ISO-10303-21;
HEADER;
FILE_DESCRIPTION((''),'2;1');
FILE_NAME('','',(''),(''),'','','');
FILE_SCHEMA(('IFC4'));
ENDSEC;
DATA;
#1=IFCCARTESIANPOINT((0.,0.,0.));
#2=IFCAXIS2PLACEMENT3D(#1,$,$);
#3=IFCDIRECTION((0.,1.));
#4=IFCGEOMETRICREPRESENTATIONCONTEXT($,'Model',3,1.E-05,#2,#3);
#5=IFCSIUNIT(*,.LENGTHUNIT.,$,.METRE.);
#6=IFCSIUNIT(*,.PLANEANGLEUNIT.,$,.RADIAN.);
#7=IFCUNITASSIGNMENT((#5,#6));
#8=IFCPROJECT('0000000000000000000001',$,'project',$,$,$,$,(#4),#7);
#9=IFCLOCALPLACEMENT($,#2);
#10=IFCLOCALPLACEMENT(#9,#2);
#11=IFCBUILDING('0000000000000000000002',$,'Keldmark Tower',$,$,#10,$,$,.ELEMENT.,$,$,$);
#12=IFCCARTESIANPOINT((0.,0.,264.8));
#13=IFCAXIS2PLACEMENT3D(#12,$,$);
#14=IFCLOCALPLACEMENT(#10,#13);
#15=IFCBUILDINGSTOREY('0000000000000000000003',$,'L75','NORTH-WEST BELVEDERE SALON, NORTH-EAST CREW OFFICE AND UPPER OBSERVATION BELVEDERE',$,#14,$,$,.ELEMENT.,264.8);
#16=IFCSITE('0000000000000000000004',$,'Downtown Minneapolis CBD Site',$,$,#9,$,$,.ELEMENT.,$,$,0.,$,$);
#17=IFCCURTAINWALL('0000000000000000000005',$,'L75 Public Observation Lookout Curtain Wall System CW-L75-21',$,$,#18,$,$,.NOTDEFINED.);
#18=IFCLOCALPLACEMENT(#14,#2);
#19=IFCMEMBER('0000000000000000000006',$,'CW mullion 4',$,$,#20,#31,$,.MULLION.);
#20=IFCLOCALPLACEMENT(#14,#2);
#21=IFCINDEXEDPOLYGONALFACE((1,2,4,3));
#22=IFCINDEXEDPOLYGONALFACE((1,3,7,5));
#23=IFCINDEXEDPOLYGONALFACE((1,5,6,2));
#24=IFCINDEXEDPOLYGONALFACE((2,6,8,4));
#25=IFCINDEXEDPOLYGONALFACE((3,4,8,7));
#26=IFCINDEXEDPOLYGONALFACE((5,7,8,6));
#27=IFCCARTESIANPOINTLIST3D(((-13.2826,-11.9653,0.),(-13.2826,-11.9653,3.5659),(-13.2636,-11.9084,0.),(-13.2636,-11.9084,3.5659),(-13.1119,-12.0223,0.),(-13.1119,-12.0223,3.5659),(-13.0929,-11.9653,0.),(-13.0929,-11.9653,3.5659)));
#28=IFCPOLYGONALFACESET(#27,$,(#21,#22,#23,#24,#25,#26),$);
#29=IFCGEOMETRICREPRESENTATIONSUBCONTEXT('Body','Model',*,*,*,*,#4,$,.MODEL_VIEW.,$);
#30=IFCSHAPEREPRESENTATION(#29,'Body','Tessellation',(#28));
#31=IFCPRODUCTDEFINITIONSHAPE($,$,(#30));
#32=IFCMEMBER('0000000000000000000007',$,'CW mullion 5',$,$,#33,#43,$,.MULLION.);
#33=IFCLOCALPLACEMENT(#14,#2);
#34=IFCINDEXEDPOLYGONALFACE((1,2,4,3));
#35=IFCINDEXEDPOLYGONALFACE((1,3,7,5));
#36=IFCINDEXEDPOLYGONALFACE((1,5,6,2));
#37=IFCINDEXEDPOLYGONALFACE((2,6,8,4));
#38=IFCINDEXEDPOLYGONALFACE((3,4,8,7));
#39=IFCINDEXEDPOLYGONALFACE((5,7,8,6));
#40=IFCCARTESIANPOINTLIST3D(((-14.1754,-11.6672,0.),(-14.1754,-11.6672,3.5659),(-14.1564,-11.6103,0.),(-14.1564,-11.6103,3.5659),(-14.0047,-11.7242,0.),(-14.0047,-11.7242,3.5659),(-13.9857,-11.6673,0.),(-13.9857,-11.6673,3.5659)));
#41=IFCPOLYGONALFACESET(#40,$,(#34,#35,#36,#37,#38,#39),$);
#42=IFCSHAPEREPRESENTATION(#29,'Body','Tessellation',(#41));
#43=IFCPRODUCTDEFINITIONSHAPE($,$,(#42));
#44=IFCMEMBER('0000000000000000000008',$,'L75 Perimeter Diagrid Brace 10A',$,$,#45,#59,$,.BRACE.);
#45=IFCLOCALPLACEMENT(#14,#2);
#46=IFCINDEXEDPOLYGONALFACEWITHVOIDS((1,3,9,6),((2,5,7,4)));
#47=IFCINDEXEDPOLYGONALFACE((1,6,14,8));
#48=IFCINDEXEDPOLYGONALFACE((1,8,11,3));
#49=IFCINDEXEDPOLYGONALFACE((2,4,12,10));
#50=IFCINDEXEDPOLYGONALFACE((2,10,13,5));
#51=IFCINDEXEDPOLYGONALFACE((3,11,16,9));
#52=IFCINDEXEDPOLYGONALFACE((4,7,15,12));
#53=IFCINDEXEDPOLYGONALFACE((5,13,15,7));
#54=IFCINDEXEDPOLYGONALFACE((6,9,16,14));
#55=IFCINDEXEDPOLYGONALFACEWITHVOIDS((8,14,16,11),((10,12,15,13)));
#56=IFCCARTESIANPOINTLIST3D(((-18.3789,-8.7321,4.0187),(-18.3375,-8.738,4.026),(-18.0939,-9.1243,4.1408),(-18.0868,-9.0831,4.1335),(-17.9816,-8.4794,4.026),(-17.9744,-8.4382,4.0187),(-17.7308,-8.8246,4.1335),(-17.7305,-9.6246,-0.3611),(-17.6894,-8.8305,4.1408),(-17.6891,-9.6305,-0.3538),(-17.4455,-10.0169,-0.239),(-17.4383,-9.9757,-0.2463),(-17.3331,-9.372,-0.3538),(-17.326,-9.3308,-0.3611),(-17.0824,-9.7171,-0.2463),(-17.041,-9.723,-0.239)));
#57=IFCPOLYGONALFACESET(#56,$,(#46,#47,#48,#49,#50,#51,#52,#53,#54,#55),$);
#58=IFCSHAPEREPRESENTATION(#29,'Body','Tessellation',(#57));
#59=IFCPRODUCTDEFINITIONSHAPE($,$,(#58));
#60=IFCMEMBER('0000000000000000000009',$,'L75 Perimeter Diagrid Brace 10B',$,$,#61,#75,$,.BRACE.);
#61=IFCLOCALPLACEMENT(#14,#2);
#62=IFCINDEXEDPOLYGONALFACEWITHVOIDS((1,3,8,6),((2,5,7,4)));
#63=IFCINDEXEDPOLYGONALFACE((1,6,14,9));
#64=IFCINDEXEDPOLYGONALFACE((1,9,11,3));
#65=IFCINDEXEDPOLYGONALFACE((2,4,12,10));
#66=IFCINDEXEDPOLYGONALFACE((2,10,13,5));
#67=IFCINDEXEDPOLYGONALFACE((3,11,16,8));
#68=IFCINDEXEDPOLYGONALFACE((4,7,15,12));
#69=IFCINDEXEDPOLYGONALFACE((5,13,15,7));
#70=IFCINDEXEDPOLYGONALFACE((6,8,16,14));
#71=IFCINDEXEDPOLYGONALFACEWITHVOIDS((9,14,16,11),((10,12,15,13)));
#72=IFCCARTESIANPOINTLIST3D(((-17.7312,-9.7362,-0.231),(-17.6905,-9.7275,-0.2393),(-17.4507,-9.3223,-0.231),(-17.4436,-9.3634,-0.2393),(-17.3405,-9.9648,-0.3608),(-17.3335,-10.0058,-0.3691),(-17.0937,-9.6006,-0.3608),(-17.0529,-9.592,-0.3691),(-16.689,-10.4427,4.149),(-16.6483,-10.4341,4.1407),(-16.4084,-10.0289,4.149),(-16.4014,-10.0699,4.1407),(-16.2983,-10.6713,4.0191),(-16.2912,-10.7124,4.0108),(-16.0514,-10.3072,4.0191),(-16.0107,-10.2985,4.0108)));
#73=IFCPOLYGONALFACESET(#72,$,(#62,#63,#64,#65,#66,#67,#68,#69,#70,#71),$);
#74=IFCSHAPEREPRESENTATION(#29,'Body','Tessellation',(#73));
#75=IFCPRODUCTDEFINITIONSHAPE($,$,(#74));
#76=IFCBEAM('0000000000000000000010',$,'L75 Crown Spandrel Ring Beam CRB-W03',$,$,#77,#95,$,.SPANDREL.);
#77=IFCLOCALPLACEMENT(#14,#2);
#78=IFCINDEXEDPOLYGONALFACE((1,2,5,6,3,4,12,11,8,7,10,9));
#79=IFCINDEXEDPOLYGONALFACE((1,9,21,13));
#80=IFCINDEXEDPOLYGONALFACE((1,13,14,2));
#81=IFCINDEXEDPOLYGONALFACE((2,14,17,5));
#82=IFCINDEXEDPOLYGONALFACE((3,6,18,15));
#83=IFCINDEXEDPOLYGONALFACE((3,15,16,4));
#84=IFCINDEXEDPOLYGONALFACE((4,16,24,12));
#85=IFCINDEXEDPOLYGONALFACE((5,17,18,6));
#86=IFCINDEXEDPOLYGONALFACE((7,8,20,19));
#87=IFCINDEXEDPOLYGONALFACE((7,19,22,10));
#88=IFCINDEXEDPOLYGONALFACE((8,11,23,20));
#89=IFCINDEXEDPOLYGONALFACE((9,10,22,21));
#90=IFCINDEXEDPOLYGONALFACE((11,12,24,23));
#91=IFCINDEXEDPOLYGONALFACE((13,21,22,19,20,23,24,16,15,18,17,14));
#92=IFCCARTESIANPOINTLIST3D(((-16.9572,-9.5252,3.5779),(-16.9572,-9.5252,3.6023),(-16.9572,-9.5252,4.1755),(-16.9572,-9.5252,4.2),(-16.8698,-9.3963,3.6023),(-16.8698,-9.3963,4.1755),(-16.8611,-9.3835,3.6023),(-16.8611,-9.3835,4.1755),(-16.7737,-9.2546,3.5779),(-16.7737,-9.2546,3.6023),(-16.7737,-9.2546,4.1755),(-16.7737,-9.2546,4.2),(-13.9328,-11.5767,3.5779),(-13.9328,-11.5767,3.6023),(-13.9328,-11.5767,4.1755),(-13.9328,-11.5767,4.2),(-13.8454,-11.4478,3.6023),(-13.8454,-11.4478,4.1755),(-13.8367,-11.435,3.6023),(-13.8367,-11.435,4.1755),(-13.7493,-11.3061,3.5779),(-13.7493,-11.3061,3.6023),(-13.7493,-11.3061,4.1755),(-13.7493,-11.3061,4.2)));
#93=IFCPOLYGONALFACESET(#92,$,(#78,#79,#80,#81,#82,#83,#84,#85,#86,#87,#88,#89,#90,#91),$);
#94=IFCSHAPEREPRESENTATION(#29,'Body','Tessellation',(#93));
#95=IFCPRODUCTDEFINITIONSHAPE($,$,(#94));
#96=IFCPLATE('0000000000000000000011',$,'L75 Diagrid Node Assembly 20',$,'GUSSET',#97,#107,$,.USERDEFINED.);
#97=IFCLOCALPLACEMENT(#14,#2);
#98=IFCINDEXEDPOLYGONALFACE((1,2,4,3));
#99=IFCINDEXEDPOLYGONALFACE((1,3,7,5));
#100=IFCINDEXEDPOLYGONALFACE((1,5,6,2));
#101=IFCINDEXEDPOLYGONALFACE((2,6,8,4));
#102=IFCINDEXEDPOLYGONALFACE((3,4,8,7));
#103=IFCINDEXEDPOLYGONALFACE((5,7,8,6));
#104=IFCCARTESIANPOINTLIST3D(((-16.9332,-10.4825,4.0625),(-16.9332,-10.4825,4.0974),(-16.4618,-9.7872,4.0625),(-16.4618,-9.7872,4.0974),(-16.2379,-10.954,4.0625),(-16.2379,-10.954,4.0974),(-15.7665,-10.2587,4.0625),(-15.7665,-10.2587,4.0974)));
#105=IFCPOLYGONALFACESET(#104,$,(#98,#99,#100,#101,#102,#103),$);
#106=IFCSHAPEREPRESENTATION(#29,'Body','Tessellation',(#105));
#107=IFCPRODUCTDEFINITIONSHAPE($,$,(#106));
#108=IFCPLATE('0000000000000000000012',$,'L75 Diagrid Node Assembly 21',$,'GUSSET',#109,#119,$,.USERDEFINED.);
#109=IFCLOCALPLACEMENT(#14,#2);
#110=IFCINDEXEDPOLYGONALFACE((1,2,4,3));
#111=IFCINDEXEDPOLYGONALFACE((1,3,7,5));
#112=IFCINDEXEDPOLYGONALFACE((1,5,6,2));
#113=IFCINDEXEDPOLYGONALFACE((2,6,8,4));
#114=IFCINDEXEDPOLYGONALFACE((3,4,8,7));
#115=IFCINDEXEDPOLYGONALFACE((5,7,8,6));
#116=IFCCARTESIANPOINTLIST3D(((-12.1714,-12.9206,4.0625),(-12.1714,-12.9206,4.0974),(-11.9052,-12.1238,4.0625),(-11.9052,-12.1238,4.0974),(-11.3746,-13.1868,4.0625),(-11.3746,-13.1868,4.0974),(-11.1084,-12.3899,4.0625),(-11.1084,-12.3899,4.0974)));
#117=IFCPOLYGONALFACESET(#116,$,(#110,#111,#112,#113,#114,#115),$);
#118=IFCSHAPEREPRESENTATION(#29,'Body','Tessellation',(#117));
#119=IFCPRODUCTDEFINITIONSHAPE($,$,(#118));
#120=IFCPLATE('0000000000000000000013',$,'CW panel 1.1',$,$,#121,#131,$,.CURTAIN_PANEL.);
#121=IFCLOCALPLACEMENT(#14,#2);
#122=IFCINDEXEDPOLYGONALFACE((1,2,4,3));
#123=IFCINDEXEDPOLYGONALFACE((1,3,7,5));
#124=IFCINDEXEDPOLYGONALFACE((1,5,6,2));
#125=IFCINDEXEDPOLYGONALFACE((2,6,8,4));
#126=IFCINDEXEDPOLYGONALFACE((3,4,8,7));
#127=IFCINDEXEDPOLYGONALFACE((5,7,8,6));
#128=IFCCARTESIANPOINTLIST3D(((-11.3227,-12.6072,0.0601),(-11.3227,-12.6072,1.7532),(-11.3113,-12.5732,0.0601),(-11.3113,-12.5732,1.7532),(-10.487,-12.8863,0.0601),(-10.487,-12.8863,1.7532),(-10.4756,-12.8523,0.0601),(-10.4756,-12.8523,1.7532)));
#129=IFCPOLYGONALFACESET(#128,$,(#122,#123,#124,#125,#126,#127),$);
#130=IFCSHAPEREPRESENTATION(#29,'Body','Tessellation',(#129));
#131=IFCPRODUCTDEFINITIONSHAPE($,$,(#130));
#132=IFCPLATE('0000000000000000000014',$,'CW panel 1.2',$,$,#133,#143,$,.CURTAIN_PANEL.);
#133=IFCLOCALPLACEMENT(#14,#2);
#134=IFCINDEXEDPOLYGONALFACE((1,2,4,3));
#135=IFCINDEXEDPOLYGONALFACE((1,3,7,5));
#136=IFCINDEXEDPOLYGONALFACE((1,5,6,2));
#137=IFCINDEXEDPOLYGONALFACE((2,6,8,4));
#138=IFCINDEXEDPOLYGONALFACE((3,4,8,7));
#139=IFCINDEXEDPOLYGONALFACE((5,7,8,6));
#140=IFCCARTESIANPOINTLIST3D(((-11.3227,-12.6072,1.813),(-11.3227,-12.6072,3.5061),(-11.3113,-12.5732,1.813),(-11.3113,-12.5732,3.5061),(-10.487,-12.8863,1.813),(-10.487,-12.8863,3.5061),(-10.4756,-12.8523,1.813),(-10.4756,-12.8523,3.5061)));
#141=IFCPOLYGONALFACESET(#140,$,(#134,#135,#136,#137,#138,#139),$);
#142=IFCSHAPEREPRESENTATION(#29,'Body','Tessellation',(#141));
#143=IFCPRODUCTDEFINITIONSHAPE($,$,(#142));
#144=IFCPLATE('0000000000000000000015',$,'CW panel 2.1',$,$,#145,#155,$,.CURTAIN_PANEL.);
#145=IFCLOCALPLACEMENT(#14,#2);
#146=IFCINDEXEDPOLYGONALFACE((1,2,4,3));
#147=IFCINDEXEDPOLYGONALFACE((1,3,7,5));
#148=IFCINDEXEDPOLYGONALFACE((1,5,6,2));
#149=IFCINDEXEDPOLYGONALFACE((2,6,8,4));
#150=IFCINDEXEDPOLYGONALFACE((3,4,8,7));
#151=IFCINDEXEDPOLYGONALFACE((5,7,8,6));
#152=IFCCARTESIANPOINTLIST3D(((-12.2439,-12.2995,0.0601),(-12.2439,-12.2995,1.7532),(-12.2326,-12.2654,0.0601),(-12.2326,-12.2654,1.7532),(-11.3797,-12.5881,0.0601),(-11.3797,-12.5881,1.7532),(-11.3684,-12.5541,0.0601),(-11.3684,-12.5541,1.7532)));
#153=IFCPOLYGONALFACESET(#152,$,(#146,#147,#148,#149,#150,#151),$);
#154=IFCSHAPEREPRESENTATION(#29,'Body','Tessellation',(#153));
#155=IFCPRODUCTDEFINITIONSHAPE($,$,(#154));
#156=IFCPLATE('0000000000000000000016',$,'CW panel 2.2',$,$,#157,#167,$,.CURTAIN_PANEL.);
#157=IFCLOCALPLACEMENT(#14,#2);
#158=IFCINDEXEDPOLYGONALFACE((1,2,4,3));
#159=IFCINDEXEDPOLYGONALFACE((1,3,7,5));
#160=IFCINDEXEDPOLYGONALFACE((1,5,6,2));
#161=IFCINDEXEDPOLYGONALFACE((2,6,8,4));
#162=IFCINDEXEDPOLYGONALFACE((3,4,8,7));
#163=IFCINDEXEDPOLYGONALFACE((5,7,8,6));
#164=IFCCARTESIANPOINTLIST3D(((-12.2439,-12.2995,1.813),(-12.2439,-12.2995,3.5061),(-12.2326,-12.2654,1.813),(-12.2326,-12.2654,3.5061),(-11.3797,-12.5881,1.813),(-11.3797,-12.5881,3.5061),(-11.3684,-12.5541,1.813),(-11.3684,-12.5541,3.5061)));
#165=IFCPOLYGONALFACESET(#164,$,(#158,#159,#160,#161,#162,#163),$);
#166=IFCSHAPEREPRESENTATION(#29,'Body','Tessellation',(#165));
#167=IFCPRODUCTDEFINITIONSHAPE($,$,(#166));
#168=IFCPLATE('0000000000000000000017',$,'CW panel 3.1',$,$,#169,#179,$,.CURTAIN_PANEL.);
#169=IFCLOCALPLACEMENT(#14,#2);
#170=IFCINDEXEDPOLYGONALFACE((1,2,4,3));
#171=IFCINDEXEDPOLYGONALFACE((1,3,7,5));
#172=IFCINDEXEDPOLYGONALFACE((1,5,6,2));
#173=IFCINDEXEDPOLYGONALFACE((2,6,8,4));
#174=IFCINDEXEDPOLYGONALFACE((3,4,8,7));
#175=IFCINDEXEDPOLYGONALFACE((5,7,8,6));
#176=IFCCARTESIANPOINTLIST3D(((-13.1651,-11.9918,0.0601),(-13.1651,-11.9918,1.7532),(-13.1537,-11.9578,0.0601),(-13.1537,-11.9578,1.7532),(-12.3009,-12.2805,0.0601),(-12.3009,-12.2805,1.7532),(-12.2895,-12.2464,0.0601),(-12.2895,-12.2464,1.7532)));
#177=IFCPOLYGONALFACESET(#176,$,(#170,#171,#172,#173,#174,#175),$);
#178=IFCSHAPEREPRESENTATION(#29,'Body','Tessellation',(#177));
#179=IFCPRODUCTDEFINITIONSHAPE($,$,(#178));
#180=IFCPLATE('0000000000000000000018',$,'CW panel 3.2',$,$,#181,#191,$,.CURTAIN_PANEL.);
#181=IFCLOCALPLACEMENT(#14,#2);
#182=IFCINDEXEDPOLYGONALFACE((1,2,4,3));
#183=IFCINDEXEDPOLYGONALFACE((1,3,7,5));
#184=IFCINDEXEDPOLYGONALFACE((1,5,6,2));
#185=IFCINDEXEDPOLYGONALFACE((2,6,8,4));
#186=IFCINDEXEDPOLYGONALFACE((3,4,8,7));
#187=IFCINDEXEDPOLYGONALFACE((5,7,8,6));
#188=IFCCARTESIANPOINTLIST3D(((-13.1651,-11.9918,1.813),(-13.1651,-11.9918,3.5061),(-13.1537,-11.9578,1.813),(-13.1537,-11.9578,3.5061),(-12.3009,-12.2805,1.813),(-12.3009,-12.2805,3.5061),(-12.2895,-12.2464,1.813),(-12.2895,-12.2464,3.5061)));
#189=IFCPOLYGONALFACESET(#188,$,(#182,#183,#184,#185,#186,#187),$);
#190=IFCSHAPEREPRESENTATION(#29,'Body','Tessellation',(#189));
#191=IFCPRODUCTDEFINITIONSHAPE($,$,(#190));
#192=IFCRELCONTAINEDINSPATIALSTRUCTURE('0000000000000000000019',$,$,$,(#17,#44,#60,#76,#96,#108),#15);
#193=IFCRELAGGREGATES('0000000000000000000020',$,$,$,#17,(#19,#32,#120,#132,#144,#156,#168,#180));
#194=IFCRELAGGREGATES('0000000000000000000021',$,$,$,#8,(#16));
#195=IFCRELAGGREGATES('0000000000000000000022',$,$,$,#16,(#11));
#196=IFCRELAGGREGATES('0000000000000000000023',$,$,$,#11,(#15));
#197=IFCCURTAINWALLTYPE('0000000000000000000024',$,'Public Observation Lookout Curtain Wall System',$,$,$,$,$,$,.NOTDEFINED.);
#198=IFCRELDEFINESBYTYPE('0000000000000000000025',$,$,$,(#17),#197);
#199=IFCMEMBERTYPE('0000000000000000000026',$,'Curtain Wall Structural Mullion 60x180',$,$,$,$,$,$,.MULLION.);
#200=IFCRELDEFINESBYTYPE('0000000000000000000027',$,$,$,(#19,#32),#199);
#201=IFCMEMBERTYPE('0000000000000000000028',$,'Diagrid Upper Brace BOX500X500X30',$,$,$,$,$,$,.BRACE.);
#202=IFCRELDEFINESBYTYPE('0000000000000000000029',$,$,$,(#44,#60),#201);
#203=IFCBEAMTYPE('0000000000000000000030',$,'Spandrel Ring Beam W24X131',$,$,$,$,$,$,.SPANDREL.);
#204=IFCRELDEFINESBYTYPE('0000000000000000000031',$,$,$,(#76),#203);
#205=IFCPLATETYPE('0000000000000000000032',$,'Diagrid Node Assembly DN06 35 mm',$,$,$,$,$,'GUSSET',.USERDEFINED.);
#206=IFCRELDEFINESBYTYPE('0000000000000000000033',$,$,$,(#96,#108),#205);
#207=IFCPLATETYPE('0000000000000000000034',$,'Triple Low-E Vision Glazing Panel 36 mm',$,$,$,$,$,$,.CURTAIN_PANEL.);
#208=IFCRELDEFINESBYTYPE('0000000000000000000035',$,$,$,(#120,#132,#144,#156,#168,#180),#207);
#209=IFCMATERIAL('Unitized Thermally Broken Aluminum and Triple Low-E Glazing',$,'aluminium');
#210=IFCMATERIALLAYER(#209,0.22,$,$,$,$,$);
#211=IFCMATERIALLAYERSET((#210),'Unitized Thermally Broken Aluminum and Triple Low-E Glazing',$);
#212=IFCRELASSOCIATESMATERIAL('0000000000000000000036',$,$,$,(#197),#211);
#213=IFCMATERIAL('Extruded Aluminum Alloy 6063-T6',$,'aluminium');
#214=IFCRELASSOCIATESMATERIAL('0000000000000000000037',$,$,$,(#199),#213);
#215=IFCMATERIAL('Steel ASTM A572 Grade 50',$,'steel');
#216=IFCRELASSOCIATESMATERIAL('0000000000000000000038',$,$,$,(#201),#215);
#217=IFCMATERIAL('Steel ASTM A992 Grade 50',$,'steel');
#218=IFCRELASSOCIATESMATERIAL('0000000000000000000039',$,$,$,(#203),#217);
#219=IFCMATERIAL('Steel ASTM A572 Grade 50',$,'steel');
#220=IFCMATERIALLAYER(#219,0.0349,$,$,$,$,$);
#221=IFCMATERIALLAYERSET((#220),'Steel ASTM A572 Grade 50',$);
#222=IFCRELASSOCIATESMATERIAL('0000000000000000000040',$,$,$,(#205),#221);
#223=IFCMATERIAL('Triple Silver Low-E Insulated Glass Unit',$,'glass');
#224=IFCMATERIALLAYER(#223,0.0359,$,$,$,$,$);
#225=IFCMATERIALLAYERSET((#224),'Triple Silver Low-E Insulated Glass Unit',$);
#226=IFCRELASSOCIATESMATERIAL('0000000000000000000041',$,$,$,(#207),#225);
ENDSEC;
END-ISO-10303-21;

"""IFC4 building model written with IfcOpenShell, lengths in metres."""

from ifc_helpers import new_model, si_unit, direction, frame, origin, origin_2d, place, context, subcontext, project, spatial, rectangle, hollow_rectangle, i_section, extrude, material, layer, layer_set, material_profile, profile_set, type_object, element, aggregate, save


model = new_model("IFC4")

# Units and contexts
model_context = context("Model", 3, precision=1e-05, world=origin(), true_north=direction((0.0, 1.0)))
body_context = subcontext(model_context, "Body", "Model", "MODEL_VIEW")
ifc_project = project(units=[si_unit("LENGTHUNIT", "METRE"), si_unit("PLANEANGLEUNIT", "RADIAN")], contexts=[model_context])

# Site, building, storey
site_placement = place(None, origin())
site = spatial("IfcSite", under=ifc_project, at=site_placement, Name="Downtown Minneapolis CBD Site", CompositionType="ELEMENT", RefElevation=0.0)
building_placement = place(site_placement, origin())
building = spatial("IfcBuilding", under=site, at=building_placement, Name="Keldmark Tower", CompositionType="ELEMENT")
storey_placement = place(building_placement, frame((0.0, 0.0, 264.8)))
storey = spatial("IfcBuildingStorey", under=building, at=storey_placement, Name="L75", Description="NORTH-WEST BELVEDERE SALON, NORTH-EAST CREW OFFICE AND UPPER OBSERVATION BELVEDERE", CompositionType="ELEMENT", Elevation=264.8)

# Curtain wall, members
ifc_material_1 = material(Name="Unitized Thermally Broken Aluminum and Triple Low-E Glazing", Category="aluminium")
ifc_layer_1 = layer(ifc_material_1, 0.22)
ifc_layer_set_1 = layer_set([ifc_layer_1], Name="Unitized Thermally Broken Aluminum and Triple Low-E Glazing")
curtain_wall_type = type_object("IfcCurtainWallType", Name="Public Observation Lookout Curtain Wall System", PredefinedType="NOTDEFINED", material=ifc_layer_set_1)
curtain_wall_placement = place(storey_placement, origin())
curtain_wall = element("IfcCurtainWall", 1, at=curtain_wall_placement, inside=storey, type_object=curtain_wall_type, Name="L75 Public Observation Lookout Curtain Wall System CW-L75-21", PredefinedType="NOTDEFINED")
ifc_material_2 = material(Name="Extruded Aluminum Alloy 6063-T6", Category="aluminium")
ifc_material_profile_1 = material_profile(ifc_material_2, rectangle(XDim=0.0601, YDim=0.1799, at=origin_2d()), Name="CWM60X180")
ifc_profile_set_1 = profile_set([ifc_material_profile_1], Name="Extruded Aluminum Alloy 6063-T6")
member_type_1 = type_object("IfcMemberType", Name="Curtain Wall Structural Mullion 60x180", PredefinedType="MULLION", material=ifc_profile_set_1)
member_1_placement = place(storey_placement, frame((-13.1877, -11.9653, 0.0), z_axis=(0.0, 0.0, 1.0), x_axis=(-0.316776, -0.9485, 0.0)))
member_1 = element("IfcMember", 2, at=member_1_placement, type_object=member_type_1, Name="CW mullion 4", PredefinedType="MULLION", context=body_context, shape_type="SweptSolid", body=[
    extrude(rectangle(XDim=0.0601, YDim=0.1799, at=origin_2d()), origin(), (0.0, 0.0, 1.0), 3.5659),
])
member_2_placement = place(storey_placement, frame((-14.0806, -11.6672, 0.0), z_axis=(0.0, 0.0, 1.0), x_axis=(-0.316776, -0.9485, 0.0)))
member_2 = element("IfcMember", 3, at=member_2_placement, type_object=member_type_1, Name="CW mullion 5", PredefinedType="MULLION", context=body_context, shape_type="SweptSolid", body=[
    extrude(rectangle(XDim=0.0601, YDim=0.1799, at=origin_2d()), origin(), (0.0, 0.0, 1.0), 3.5659),
])

# Members
ifc_material_3 = material(Name="Steel ASTM A572 Grade 50", Category="steel")
ifc_material_profile_2 = material_profile(ifc_material_3, hollow_rectangle(XDim=0.5, YDim=0.5, WallThickness=0.03, at=origin_2d()), Name="BOX500X500X30")
ifc_profile_set_2 = profile_set([ifc_material_profile_2], Name="Steel ASTM A572 Grade 50")
member_type_2 = type_object("IfcMemberType", Name="Diagrid Upper Brace BOX500X500X30", PredefinedType="BRACE", material=ifc_profile_set_2)
member_3_placement = place(storey_placement, frame((-17.3857, -9.6738, -0.3), z_axis=(-0.143565, 0.197618, 0.96971), x_axis=(-0.809042, -0.587751, 0.0)))
element("IfcMember", 4, at=member_3_placement, inside=storey, type_object=member_type_2, Name="L75 Perimeter Diagrid Brace 10A", PredefinedType="BRACE", context=body_context, shape_type="SweptSolid", body=[
    extrude(hollow_rectangle(XDim=0.5, YDim=0.5, WallThickness=0.03, at=origin_2d()), origin(), (0.0, 0.0, 1.0), 4.5166),
])
member_4_placement = place(storey_placement, frame((-17.3921, -9.6641, -0.3), z_axis=(0.228697, -0.155036, 0.961073), x_axis=(0.561127, 0.82773, 0.0)))
element("IfcMember", 5, at=member_4_placement, inside=storey, type_object=member_type_2, Name="L75 Perimeter Diagrid Brace 10B", PredefinedType="BRACE", context=body_context, shape_type="SweptSolid", body=[
    extrude(hollow_rectangle(XDim=0.5, YDim=0.5, WallThickness=0.03, at=origin_2d()), origin(), (0.0, 0.0, 1.0), 4.5574),
])

# Beam
ifc_material_4 = material(Name="Steel ASTM A992 Grade 50", Category="steel")
ifc_material_profile_3 = material_profile(ifc_material_4, i_section(OverallWidth=0.3269, OverallDepth=0.6221, WebThickness=0.0154, FlangeThickness=0.0244, at=origin_2d()), Name="W24X131")
ifc_profile_set_3 = profile_set([ifc_material_profile_3], Name="Steel ASTM A992 Grade 50")
beam_type = type_object("IfcBeamType", Name="Spandrel Ring Beam W24X131", PredefinedType="SPANDREL", material=ifc_profile_set_3)
beam_placement = place(storey_placement, frame((-13.8411, -11.4414, 3.8889), z_axis=(-0.827573, 0.561358, 0.0), x_axis=(-0.561358, -0.827573, 0.0)))
element("IfcBeam", 6, at=beam_placement, inside=storey, type_object=beam_type, Name="L75 Crown Spandrel Ring Beam CRB-W03", PredefinedType="SPANDREL", context=body_context, shape_type="SweptSolid", body=[
    extrude(i_section(OverallWidth=0.3269, OverallDepth=0.6221, WebThickness=0.0154, FlangeThickness=0.0244, at=origin_2d()), origin(), (0.0, 0.0, 1.0), 3.6545),
])

# Plates
ifc_material_5 = material(Name="Steel ASTM A572 Grade 50", Category="steel")
ifc_layer_2 = layer(ifc_material_5, 0.0349)
ifc_layer_set_2 = layer_set([ifc_layer_2], Name="Steel ASTM A572 Grade 50")
plate_type_1 = type_object("IfcPlateType", Name="Diagrid Node Assembly DN06 35 mm", ElementType="GUSSET", PredefinedType="USERDEFINED", material=ifc_layer_set_2)
for number, where, z_axis, x_axis, name in (
    (7, (-16.3499, -10.3706, 4.0625), (0.0, 0.0, 1.0), (0.827669, -0.561217, 0.0), "L75 Diagrid Node Assembly 20"),
    (8, (-11.6399, -12.6553, 4.0625), (0.0, 0.0, 1.0), (0.94849, -0.316808, 0.0), "L75 Diagrid Node Assembly 21"),
):
    element("IfcPlate", number, at=place(storey_placement, frame(where, z_axis=z_axis, x_axis=x_axis)), inside=storey, type_object=plate_type_1, Name=name, ObjectType="GUSSET", PredefinedType="USERDEFINED", context=body_context, shape_type="SweptSolid", body=[
        extrude(rectangle(XDim=0.8401, YDim=0.8401, at=origin_2d()), origin(), (0.0, 0.0, 1.0), 0.0349),
    ])

# Plates
ifc_material_6 = material(Name="Triple Silver Low-E Insulated Glass Unit", Category="glass")
ifc_layer_3 = layer(ifc_material_6, 0.0359)
ifc_layer_set_3 = layer_set([ifc_layer_3], Name="Triple Silver Low-E Insulated Glass Unit")
plate_type_2 = type_object("IfcPlateType", Name="Triple Low-E Vision Glazing Panel 36 mm", PredefinedType="CURTAIN_PANEL", material=ifc_layer_set_3)
plate_1_placement = place(storey_placement, frame((-10.8992, -12.7297, 0.0601), z_axis=(0.0, 0.0, 1.0), x_axis=(-0.9485, 0.316776, 0.0)))
plate_1 = element("IfcPlate", 9, at=plate_1_placement, type_object=plate_type_2, Name="CW panel 1.1", PredefinedType="CURTAIN_PANEL", context=body_context, shape_type="SweptSolid", body=[
    extrude(rectangle(XDim=0.8811, YDim=0.0359, at=origin_2d()), origin(), (0.0, 0.0, 1.0), 1.6931),
])
plate_2_placement = place(storey_placement, frame((-10.8992, -12.7297, 1.813), z_axis=(0.0, 0.0, 1.0), x_axis=(-0.9485, 0.316776, 0.0)))
plate_2 = element("IfcPlate", 10, at=plate_2_placement, type_object=plate_type_2, Name="CW panel 1.2", PredefinedType="CURTAIN_PANEL", context=body_context, shape_type="SweptSolid", body=[
    extrude(rectangle(XDim=0.8811, YDim=0.0359, at=origin_2d()), origin(), (0.0, 0.0, 1.0), 1.6931),
])
plate_3_placement = place(storey_placement, frame((-11.8062, -12.4268, 0.0601), z_axis=(0.0, 0.0, 1.0), x_axis=(-0.9485, 0.316776, 0.0)))
plate_3 = element("IfcPlate", 11, at=plate_3_placement, type_object=plate_type_2, Name="CW panel 2.1", PredefinedType="CURTAIN_PANEL", context=body_context, shape_type="SweptSolid", body=[
    extrude(rectangle(XDim=0.9111, YDim=0.0359, at=origin_2d()), origin(), (0.0, 0.0, 1.0), 1.6931),
])
plate_4_placement = place(storey_placement, frame((-11.8062, -12.4268, 1.813), z_axis=(0.0, 0.0, 1.0), x_axis=(-0.9485, 0.316776, 0.0)))
plate_4 = element("IfcPlate", 12, at=plate_4_placement, type_object=plate_type_2, Name="CW panel 2.2", PredefinedType="CURTAIN_PANEL", context=body_context, shape_type="SweptSolid", body=[
    extrude(rectangle(XDim=0.9111, YDim=0.0359, at=origin_2d()), origin(), (0.0, 0.0, 1.0), 1.6931),
])
plate_5_placement = place(storey_placement, frame((-12.7273, -12.1191, 0.0601), z_axis=(0.0, 0.0, 1.0), x_axis=(-0.9485, 0.316776, 0.0)))
plate_5 = element("IfcPlate", 13, at=plate_5_placement, type_object=plate_type_2, Name="CW panel 3.1", PredefinedType="CURTAIN_PANEL", context=body_context, shape_type="SweptSolid", body=[
    extrude(rectangle(XDim=0.9111, YDim=0.0359, at=origin_2d()), origin(), (0.0, 0.0, 1.0), 1.6931),
])
plate_6_placement = place(storey_placement, frame((-12.7273, -12.1191, 1.813), z_axis=(0.0, 0.0, 1.0), x_axis=(-0.9485, 0.316776, 0.0)))
plate_6 = element("IfcPlate", 14, at=plate_6_placement, type_object=plate_type_2, Name="CW panel 3.2", PredefinedType="CURTAIN_PANEL", context=body_context, shape_type="SweptSolid", body=[
    extrude(rectangle(XDim=0.9111, YDim=0.0359, at=origin_2d()), origin(), (0.0, 0.0, 1.0), 1.6931),
])
aggregate(curtain_wall, [member_1, member_2, plate_1, plate_2, plate_3, plate_4, plate_5, plate_6])

save(model, "model.ifc")
